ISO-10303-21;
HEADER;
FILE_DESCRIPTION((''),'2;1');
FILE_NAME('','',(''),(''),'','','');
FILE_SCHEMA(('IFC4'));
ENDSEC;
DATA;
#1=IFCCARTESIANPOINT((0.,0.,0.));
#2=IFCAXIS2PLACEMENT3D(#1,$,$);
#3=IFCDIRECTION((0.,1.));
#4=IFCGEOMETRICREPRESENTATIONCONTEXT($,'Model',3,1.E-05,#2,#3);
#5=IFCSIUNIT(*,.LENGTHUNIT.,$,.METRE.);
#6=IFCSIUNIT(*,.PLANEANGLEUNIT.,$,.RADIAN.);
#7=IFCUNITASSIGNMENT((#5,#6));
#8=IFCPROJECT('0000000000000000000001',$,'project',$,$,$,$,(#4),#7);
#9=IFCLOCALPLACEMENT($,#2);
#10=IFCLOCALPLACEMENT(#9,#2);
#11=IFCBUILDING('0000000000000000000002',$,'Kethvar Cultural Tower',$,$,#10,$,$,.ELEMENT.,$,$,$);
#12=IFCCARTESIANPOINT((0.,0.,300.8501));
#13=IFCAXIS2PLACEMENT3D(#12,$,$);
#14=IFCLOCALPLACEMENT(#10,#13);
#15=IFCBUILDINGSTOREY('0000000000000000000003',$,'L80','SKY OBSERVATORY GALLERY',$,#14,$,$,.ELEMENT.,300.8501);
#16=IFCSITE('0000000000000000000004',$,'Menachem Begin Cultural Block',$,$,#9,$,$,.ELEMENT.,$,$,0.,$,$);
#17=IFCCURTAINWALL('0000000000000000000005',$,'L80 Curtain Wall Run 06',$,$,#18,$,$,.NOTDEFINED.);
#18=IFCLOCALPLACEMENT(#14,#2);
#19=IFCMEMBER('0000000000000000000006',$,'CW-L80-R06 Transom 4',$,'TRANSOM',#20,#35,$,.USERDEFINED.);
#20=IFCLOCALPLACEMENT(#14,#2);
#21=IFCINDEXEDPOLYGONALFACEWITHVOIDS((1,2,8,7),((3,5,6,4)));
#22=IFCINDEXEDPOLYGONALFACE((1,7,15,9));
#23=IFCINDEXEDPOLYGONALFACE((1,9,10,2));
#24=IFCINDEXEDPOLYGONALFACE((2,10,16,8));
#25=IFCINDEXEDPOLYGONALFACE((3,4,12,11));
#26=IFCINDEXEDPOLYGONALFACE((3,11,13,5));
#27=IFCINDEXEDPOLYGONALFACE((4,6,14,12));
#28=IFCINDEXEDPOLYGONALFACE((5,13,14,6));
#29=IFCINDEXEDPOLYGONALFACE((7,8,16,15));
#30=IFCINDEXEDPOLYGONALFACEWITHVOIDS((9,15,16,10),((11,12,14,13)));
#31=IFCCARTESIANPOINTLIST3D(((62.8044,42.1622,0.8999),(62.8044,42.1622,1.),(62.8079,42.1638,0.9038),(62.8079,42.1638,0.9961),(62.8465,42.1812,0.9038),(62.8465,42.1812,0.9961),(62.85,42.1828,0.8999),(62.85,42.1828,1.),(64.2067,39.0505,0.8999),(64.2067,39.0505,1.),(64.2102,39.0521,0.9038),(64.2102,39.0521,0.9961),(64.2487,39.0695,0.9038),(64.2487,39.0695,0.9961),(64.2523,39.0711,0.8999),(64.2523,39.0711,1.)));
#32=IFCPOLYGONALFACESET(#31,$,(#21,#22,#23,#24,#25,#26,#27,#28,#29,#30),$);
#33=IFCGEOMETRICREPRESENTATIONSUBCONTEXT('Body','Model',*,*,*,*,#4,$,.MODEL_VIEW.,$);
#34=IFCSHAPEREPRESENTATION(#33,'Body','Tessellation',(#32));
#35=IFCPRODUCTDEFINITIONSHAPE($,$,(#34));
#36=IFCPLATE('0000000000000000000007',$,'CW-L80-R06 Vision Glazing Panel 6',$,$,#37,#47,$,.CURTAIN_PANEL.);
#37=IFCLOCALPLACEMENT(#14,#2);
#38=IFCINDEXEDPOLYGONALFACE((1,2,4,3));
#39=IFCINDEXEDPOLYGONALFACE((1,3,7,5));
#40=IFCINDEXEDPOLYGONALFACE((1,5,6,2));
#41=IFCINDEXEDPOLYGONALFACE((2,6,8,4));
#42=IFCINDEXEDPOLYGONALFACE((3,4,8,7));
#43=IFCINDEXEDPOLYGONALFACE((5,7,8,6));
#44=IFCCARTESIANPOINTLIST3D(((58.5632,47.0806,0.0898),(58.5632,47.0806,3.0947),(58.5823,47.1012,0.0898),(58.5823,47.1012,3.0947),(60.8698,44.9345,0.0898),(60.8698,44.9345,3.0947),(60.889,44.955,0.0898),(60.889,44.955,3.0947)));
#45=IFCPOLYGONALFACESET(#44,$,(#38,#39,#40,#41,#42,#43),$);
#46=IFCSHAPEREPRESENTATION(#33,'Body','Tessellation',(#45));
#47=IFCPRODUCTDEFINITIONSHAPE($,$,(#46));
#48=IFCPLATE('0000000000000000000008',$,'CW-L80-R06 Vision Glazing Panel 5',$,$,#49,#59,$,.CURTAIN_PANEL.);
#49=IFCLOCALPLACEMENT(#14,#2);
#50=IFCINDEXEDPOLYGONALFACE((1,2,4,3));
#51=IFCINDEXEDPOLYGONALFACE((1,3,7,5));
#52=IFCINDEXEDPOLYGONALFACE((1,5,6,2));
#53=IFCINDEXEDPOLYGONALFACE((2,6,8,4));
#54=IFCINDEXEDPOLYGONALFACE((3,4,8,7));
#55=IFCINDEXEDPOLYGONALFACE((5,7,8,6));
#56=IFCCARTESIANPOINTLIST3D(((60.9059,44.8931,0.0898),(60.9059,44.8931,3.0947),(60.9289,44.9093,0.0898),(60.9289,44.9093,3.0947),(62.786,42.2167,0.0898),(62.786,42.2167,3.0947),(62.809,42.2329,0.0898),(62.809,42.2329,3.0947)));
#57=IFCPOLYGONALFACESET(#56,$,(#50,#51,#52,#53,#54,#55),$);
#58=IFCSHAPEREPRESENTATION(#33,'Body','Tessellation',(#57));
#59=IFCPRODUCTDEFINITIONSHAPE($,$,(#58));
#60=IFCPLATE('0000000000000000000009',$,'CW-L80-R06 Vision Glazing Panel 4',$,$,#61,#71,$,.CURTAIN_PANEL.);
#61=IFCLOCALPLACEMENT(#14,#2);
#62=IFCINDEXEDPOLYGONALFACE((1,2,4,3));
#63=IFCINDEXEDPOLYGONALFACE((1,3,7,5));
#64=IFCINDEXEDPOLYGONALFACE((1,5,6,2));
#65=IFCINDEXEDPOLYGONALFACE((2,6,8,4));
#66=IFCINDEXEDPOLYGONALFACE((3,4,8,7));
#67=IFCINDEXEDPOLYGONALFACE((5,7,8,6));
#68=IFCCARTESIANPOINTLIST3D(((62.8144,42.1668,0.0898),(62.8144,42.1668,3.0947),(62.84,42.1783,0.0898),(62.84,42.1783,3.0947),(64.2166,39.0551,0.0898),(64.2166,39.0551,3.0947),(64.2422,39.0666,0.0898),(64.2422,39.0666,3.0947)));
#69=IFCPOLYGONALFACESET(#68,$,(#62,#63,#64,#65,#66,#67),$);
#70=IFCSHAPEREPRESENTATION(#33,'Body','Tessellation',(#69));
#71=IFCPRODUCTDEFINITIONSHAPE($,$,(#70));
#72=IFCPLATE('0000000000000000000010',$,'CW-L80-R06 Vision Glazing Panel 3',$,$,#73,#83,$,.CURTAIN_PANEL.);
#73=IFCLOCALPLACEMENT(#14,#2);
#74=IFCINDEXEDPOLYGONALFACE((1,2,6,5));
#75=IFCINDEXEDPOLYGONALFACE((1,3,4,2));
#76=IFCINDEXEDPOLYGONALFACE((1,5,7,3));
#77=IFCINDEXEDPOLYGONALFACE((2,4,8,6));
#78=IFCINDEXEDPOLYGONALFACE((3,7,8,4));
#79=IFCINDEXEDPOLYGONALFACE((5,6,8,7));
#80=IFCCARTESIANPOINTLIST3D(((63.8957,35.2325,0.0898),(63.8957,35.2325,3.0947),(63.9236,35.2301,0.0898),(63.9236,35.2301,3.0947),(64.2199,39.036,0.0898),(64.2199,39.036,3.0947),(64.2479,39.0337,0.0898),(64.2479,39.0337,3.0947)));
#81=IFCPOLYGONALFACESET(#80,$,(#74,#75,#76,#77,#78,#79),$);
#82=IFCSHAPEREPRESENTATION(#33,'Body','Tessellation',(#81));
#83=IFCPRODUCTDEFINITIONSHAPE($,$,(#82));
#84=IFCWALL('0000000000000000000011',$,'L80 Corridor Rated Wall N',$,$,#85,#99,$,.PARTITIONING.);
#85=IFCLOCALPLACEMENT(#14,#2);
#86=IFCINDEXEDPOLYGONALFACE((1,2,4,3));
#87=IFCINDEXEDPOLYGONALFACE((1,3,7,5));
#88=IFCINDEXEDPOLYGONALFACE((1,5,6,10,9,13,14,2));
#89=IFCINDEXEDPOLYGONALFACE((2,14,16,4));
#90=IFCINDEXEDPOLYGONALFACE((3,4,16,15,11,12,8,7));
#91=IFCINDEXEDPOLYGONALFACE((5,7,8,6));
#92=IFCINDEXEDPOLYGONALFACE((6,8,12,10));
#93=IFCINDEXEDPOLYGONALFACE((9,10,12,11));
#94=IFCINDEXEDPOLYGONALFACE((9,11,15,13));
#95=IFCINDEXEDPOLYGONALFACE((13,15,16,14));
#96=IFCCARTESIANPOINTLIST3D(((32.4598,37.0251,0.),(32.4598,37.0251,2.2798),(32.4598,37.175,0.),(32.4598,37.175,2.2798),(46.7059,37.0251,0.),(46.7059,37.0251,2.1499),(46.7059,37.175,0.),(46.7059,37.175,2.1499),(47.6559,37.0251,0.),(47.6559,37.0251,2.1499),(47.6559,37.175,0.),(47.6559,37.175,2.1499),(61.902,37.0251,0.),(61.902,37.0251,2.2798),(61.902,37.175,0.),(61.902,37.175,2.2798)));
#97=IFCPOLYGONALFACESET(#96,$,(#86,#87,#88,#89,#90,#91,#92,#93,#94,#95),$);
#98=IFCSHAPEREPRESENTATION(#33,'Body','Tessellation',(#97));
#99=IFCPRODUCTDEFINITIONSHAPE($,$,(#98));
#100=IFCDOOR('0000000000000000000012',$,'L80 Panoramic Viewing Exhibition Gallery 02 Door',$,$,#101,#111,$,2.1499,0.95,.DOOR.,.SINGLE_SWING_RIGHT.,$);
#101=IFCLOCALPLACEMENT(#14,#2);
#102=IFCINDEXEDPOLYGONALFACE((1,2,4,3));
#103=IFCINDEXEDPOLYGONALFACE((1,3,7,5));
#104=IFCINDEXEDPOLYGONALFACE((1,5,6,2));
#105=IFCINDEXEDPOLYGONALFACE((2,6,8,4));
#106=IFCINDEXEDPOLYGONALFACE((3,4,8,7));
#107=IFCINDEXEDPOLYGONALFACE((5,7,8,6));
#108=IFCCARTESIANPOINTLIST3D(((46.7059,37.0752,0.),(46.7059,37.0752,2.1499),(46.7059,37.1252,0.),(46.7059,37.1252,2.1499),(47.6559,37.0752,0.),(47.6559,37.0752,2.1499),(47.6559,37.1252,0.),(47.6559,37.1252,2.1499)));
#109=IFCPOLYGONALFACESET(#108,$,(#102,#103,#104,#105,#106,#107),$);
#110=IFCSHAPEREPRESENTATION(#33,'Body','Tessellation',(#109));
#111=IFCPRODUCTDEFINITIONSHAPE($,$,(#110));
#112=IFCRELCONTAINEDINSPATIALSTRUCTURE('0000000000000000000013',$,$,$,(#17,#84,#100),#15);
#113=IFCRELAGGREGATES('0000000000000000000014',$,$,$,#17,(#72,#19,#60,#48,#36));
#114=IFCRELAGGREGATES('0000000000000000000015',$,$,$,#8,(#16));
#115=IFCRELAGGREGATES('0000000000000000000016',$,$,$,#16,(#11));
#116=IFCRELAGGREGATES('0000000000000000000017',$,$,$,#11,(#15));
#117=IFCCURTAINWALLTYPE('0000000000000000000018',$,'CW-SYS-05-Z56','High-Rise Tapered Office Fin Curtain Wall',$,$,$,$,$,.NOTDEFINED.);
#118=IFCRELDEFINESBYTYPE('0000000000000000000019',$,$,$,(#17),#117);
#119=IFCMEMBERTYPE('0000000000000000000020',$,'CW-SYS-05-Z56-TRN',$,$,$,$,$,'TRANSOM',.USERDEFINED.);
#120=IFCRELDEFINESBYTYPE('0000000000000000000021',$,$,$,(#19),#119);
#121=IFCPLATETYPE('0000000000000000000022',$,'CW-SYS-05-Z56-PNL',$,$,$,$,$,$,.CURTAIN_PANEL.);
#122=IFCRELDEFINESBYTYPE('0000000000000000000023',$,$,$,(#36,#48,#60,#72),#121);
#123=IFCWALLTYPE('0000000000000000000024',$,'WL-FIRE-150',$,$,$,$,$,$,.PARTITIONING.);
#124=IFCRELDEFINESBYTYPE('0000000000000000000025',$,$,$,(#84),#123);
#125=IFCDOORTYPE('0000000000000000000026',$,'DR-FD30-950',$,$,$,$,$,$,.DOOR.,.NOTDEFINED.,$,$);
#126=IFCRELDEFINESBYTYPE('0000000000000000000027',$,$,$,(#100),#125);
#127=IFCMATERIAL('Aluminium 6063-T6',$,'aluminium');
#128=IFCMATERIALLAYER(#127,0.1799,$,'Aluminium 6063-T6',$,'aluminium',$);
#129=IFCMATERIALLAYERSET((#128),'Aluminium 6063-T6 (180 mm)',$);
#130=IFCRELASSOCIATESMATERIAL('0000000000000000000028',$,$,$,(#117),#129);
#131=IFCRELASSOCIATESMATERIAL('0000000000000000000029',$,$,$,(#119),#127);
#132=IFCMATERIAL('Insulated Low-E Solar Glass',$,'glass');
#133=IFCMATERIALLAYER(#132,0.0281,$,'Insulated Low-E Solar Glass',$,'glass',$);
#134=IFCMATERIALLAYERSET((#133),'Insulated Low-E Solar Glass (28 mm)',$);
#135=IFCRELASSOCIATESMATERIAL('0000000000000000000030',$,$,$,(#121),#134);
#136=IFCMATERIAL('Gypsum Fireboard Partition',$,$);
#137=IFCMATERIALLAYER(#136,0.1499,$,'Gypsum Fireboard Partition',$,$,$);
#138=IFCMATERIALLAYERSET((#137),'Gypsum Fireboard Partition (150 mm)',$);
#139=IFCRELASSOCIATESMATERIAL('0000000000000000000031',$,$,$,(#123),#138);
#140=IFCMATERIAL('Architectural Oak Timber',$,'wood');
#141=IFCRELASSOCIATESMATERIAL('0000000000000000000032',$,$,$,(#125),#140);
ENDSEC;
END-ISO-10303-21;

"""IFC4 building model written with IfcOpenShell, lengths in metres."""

from ifc_helpers import new_model, si_unit, direction, frame, frame_2d, origin, origin_2d, place, context, subcontext, project, spatial, rectangle, hollow_rectangle, extrude, source, transform, mapped, material, layer, layer_set, material_profile, profile_set, type_object, element, fill, aggregate, save


model = new_model("IFC4")

# Units and contexts
model_context = context("Model", 3, precision=1e-05, world=origin(), true_north=direction((0.0, 1.0)))
body_context = subcontext(model_context, "Body", "Model", "MODEL_VIEW")
ifc_project = project(units=[si_unit("LENGTHUNIT", "METRE"), si_unit("PLANEANGLEUNIT", "RADIAN")], contexts=[model_context])

# Site, building, storey
site_placement = place(None, origin())
site = spatial("IfcSite", under=ifc_project, at=site_placement, Name="Menachem Begin Cultural Block", CompositionType="ELEMENT", RefElevation=0.0)
building_placement = place(site_placement, origin())
building = spatial("IfcBuilding", under=site, at=building_placement, Name="Kethvar Cultural Tower", CompositionType="ELEMENT")
storey_placement = place(building_placement, frame((0.0, 0.0, 300.8501)))
storey = spatial("IfcBuildingStorey", under=building, at=storey_placement, Name="L80", Description="SKY OBSERVATORY GALLERY", CompositionType="ELEMENT", Elevation=300.8501)

# Curtain wall, member, plates
ifc_material_1 = material(Name="Aluminium 6063-T6", Category="aluminium")
ifc_layer_1 = layer(ifc_material_1, 0.1799, Name="Aluminium 6063-T6", Category="aluminium")
ifc_layer_set_1 = layer_set([ifc_layer_1], Name="Aluminium 6063-T6 (180 mm)")
curtain_wall_type = type_object("IfcCurtainWallType", Name="CW-SYS-05-Z56", Description="High-Rise Tapered Office Fin Curtain Wall", PredefinedType="NOTDEFINED", material=ifc_layer_set_1)
curtain_wall_placement = place(storey_placement, origin())
curtain_wall = element("IfcCurtainWall", 1, at=curtain_wall_placement, inside=storey, type_object=curtain_wall_type, Name="L80 Curtain Wall Run 06", PredefinedType="NOTDEFINED")
ifc_material_profile_1 = material_profile(ifc_material_1, hollow_rectangle(XDim=0.05, YDim=0.1001, WallThickness=0.0039, at=origin_2d()), Name="Aluminium 6063-T6 — RHS100x50x4")
ifc_profile_set_1 = profile_set([ifc_material_profile_1], Name="Aluminium 6063-T6 — RHS100x50x4")
member_type_1 = type_object("IfcMemberType", Name="CW-SYS-05-Z56-TRN", ElementType="TRANSOM", PredefinedType="USERDEFINED", material=ifc_profile_set_1)
shared_shape_1 = source(origin(), body_context, "Body", "SweptSolid", [
    extrude(hollow_rectangle(XDim=0.05, YDim=0.1001, WallThickness=0.0039, at=origin_2d()), origin(), (0.0, 0.0, 1.0), 3.4131),
])
member_1_placement = place(storey_placement, frame((64.2295, 39.0608, 0.95), z_axis=(-0.410858, 0.911699, 0.0), x_axis=(-0.911699, -0.410858, 0.0)))
member_1 = element("IfcMember", 2, at=member_1_placement, type_object=member_type_1, Name="CW-L80-R06 Transom 4", ObjectType="TRANSOM", PredefinedType="USERDEFINED", context=body_context, shape_type="MappedRepresentation", body=[
    mapped(shared_shape_1, transform((0.0, 0.0, 0.0), scale=1.0)),
])
ifc_material_2 = material(Name="Insulated Low-E Solar Glass", Category="glass")
ifc_layer_2 = layer(ifc_material_2, 0.0281, Name="Insulated Low-E Solar Glass", Category="glass")
ifc_layer_set_2 = layer_set([ifc_layer_2], Name="Insulated Low-E Solar Glass (28 mm)")
plate_type = type_object("IfcPlateType", Name="CW-SYS-05-Z56-PNL", PredefinedType="CURTAIN_PANEL", material=ifc_layer_set_2)
shared_shape_2 = source(origin(), body_context, "Body", "SweptSolid", [
    extrude(rectangle(XDim=3.1506, YDim=0.0281, at=origin_2d()), origin(), (0.0, 0.0, 1.0), 3.0049),
])
plate_1_placement = place(storey_placement, frame((59.7261, 46.0178, 0.0898), z_axis=(0.0, 0.0, 1.0), x_axis=(-0.732115, 0.681181, 0.0)))
plate_1 = element("IfcPlate", 3, at=plate_1_placement, type_object=plate_type, Name="CW-L80-R06 Vision Glazing Panel 6", PredefinedType="CURTAIN_PANEL", context=body_context, shape_type="MappedRepresentation", body=[
    mapped(shared_shape_2, transform((0.0, 0.0, 0.0), scale=1.0)),
])
shared_shape_3 = source(origin(), body_context, "Body", "SweptSolid", [
    extrude(rectangle(XDim=3.2708, YDim=0.0281, at=origin_2d()), origin(), (0.0, 0.0, 1.0), 3.0049),
])
plate_2_placement = place(storey_placement, frame((61.8574, 43.563, 0.0898), z_axis=(0.0, 0.0, 1.0), x_axis=(-0.57482, 0.81828, 0.0)))
plate_2 = element("IfcPlate", 4, at=plate_2_placement, type_object=plate_type, Name="CW-L80-R06 Vision Glazing Panel 5", PredefinedType="CURTAIN_PANEL", context=body_context, shape_type="MappedRepresentation", body=[
    mapped(shared_shape_3, transform((0.0, 0.0, 0.0), scale=1.0)),
])
shared_shape_4 = source(origin(), body_context, "Body", "SweptSolid", [
    extrude(rectangle(XDim=3.4131, YDim=0.0281, at=origin_2d()), origin(), (0.0, 0.0, 1.0), 3.0049),
])
plate_3_placement = place(storey_placement, frame((63.5283, 40.6167, 0.0898), z_axis=(0.0, 0.0, 1.0), x_axis=(-0.410846, 0.911705, 0.0)))
plate_3 = element("IfcPlate", 5, at=plate_3_placement, type_object=plate_type, Name="CW-L80-R06 Vision Glazing Panel 4", PredefinedType="CURTAIN_PANEL", context=body_context, shape_type="MappedRepresentation", body=[
    mapped(shared_shape_4, transform((0.0, 0.0, 0.0), scale=1.0)),
])
shared_shape_5 = source(origin(), body_context, "Body", "SweptSolid", [
    extrude(rectangle(XDim=3.8174, YDim=0.0281, at=origin_2d()), origin(), (0.0, 0.0, 1.0), 3.0049),
])
plate_4_placement = place(storey_placement, frame((64.0718, 37.1331, 0.0898), z_axis=(0.0, 0.0, 1.0), x_axis=(0.084947, 0.996385, 0.0)))
plate_4 = element("IfcPlate", 6, at=plate_4_placement, type_object=plate_type, Name="CW-L80-R06 Vision Glazing Panel 3", PredefinedType="CURTAIN_PANEL", context=body_context, shape_type="MappedRepresentation", body=[
    mapped(shared_shape_5, transform((0.0, 0.0, 0.0), scale=1.0)),
])
aggregate(curtain_wall, [plate_4, member_1, plate_3, plate_2, plate_1])

# Wall, opening, door
ifc_material_3 = material(Name="Gypsum Fireboard Partition")
ifc_layer_3 = layer(ifc_material_3, 0.1499, Name="Gypsum Fireboard Partition")
ifc_layer_set_3 = layer_set([ifc_layer_3], Name="Gypsum Fireboard Partition (150 mm)")
wall_type = type_object("IfcWallType", Name="WL-FIRE-150", PredefinedType="PARTITIONING", material=ifc_layer_set_3)
wall_placement = place(storey_placement, frame((61.9021, 37.1001, 0.0), z_axis=(0.0, 0.0, 1.0), x_axis=(-1.0, 0.0, 0.0)))
wall = element("IfcWall", 7, at=wall_placement, inside=storey, type_object=wall_type, Name="L80 Corridor Rated Wall N", PredefinedType="PARTITIONING", context=body_context, shape_type="SweptSolid", body=[
    extrude(rectangle(XDim=29.4421, YDim=0.1499, at=frame_2d((14.7212, 0.0))), origin(), (0.0, 0.0, 1.0), 2.2798),
])
opening_placement = place(wall_placement, frame((14.2461, 0.0, 0.0)))
opening = element("IfcOpeningElement", 8, at=opening_placement, cuts=wall, PredefinedType="OPENING", context=body_context, shape_type="SweptSolid", body=[
    extrude(rectangle(XDim=0.95, YDim=2.1499, at=frame_2d((0.4751, 1.075))), frame((0.0, 0.085, 0.0), z_axis=(0.0, -1.0, 0.0), x_axis=(1.0, 0.0, 0.0)), (0.0, 0.0, 1.0), 0.1699),
])
ifc_material_4 = material(Name="Architectural Oak Timber", Category="wood")
door_type = type_object("IfcDoorType", Name="DR-FD30-950", OperationType="NOTDEFINED", PredefinedType="DOOR", material=ifc_material_4)
shared_shape_6 = source(origin(), body_context, "Body", "SweptSolid", [
    extrude(rectangle(XDim=0.95, YDim=2.1499, at=frame_2d((0.4751, 1.075))), frame((0.0, 0.0249, 0.0), z_axis=(0.0, -1.0, 0.0), x_axis=(1.0, 0.0, 0.0)), (0.0, 0.0, 1.0), 0.05),
])
door_placement = place(opening_placement, origin())
door = element("IfcDoor", 9, at=door_placement, inside=storey, type_object=door_type, Name="L80 Panoramic Viewing Exhibition Gallery 02 Door", OperationType="SINGLE_SWING_RIGHT", OverallHeight=2.1499, OverallWidth=0.95, PredefinedType="DOOR", context=body_context, shape_type="MappedRepresentation", body=[
    mapped(shared_shape_6, transform((0.0, 0.0, 0.0), scale=1.0)),
])
fill(opening, door)

save(model, "model.ifc")
